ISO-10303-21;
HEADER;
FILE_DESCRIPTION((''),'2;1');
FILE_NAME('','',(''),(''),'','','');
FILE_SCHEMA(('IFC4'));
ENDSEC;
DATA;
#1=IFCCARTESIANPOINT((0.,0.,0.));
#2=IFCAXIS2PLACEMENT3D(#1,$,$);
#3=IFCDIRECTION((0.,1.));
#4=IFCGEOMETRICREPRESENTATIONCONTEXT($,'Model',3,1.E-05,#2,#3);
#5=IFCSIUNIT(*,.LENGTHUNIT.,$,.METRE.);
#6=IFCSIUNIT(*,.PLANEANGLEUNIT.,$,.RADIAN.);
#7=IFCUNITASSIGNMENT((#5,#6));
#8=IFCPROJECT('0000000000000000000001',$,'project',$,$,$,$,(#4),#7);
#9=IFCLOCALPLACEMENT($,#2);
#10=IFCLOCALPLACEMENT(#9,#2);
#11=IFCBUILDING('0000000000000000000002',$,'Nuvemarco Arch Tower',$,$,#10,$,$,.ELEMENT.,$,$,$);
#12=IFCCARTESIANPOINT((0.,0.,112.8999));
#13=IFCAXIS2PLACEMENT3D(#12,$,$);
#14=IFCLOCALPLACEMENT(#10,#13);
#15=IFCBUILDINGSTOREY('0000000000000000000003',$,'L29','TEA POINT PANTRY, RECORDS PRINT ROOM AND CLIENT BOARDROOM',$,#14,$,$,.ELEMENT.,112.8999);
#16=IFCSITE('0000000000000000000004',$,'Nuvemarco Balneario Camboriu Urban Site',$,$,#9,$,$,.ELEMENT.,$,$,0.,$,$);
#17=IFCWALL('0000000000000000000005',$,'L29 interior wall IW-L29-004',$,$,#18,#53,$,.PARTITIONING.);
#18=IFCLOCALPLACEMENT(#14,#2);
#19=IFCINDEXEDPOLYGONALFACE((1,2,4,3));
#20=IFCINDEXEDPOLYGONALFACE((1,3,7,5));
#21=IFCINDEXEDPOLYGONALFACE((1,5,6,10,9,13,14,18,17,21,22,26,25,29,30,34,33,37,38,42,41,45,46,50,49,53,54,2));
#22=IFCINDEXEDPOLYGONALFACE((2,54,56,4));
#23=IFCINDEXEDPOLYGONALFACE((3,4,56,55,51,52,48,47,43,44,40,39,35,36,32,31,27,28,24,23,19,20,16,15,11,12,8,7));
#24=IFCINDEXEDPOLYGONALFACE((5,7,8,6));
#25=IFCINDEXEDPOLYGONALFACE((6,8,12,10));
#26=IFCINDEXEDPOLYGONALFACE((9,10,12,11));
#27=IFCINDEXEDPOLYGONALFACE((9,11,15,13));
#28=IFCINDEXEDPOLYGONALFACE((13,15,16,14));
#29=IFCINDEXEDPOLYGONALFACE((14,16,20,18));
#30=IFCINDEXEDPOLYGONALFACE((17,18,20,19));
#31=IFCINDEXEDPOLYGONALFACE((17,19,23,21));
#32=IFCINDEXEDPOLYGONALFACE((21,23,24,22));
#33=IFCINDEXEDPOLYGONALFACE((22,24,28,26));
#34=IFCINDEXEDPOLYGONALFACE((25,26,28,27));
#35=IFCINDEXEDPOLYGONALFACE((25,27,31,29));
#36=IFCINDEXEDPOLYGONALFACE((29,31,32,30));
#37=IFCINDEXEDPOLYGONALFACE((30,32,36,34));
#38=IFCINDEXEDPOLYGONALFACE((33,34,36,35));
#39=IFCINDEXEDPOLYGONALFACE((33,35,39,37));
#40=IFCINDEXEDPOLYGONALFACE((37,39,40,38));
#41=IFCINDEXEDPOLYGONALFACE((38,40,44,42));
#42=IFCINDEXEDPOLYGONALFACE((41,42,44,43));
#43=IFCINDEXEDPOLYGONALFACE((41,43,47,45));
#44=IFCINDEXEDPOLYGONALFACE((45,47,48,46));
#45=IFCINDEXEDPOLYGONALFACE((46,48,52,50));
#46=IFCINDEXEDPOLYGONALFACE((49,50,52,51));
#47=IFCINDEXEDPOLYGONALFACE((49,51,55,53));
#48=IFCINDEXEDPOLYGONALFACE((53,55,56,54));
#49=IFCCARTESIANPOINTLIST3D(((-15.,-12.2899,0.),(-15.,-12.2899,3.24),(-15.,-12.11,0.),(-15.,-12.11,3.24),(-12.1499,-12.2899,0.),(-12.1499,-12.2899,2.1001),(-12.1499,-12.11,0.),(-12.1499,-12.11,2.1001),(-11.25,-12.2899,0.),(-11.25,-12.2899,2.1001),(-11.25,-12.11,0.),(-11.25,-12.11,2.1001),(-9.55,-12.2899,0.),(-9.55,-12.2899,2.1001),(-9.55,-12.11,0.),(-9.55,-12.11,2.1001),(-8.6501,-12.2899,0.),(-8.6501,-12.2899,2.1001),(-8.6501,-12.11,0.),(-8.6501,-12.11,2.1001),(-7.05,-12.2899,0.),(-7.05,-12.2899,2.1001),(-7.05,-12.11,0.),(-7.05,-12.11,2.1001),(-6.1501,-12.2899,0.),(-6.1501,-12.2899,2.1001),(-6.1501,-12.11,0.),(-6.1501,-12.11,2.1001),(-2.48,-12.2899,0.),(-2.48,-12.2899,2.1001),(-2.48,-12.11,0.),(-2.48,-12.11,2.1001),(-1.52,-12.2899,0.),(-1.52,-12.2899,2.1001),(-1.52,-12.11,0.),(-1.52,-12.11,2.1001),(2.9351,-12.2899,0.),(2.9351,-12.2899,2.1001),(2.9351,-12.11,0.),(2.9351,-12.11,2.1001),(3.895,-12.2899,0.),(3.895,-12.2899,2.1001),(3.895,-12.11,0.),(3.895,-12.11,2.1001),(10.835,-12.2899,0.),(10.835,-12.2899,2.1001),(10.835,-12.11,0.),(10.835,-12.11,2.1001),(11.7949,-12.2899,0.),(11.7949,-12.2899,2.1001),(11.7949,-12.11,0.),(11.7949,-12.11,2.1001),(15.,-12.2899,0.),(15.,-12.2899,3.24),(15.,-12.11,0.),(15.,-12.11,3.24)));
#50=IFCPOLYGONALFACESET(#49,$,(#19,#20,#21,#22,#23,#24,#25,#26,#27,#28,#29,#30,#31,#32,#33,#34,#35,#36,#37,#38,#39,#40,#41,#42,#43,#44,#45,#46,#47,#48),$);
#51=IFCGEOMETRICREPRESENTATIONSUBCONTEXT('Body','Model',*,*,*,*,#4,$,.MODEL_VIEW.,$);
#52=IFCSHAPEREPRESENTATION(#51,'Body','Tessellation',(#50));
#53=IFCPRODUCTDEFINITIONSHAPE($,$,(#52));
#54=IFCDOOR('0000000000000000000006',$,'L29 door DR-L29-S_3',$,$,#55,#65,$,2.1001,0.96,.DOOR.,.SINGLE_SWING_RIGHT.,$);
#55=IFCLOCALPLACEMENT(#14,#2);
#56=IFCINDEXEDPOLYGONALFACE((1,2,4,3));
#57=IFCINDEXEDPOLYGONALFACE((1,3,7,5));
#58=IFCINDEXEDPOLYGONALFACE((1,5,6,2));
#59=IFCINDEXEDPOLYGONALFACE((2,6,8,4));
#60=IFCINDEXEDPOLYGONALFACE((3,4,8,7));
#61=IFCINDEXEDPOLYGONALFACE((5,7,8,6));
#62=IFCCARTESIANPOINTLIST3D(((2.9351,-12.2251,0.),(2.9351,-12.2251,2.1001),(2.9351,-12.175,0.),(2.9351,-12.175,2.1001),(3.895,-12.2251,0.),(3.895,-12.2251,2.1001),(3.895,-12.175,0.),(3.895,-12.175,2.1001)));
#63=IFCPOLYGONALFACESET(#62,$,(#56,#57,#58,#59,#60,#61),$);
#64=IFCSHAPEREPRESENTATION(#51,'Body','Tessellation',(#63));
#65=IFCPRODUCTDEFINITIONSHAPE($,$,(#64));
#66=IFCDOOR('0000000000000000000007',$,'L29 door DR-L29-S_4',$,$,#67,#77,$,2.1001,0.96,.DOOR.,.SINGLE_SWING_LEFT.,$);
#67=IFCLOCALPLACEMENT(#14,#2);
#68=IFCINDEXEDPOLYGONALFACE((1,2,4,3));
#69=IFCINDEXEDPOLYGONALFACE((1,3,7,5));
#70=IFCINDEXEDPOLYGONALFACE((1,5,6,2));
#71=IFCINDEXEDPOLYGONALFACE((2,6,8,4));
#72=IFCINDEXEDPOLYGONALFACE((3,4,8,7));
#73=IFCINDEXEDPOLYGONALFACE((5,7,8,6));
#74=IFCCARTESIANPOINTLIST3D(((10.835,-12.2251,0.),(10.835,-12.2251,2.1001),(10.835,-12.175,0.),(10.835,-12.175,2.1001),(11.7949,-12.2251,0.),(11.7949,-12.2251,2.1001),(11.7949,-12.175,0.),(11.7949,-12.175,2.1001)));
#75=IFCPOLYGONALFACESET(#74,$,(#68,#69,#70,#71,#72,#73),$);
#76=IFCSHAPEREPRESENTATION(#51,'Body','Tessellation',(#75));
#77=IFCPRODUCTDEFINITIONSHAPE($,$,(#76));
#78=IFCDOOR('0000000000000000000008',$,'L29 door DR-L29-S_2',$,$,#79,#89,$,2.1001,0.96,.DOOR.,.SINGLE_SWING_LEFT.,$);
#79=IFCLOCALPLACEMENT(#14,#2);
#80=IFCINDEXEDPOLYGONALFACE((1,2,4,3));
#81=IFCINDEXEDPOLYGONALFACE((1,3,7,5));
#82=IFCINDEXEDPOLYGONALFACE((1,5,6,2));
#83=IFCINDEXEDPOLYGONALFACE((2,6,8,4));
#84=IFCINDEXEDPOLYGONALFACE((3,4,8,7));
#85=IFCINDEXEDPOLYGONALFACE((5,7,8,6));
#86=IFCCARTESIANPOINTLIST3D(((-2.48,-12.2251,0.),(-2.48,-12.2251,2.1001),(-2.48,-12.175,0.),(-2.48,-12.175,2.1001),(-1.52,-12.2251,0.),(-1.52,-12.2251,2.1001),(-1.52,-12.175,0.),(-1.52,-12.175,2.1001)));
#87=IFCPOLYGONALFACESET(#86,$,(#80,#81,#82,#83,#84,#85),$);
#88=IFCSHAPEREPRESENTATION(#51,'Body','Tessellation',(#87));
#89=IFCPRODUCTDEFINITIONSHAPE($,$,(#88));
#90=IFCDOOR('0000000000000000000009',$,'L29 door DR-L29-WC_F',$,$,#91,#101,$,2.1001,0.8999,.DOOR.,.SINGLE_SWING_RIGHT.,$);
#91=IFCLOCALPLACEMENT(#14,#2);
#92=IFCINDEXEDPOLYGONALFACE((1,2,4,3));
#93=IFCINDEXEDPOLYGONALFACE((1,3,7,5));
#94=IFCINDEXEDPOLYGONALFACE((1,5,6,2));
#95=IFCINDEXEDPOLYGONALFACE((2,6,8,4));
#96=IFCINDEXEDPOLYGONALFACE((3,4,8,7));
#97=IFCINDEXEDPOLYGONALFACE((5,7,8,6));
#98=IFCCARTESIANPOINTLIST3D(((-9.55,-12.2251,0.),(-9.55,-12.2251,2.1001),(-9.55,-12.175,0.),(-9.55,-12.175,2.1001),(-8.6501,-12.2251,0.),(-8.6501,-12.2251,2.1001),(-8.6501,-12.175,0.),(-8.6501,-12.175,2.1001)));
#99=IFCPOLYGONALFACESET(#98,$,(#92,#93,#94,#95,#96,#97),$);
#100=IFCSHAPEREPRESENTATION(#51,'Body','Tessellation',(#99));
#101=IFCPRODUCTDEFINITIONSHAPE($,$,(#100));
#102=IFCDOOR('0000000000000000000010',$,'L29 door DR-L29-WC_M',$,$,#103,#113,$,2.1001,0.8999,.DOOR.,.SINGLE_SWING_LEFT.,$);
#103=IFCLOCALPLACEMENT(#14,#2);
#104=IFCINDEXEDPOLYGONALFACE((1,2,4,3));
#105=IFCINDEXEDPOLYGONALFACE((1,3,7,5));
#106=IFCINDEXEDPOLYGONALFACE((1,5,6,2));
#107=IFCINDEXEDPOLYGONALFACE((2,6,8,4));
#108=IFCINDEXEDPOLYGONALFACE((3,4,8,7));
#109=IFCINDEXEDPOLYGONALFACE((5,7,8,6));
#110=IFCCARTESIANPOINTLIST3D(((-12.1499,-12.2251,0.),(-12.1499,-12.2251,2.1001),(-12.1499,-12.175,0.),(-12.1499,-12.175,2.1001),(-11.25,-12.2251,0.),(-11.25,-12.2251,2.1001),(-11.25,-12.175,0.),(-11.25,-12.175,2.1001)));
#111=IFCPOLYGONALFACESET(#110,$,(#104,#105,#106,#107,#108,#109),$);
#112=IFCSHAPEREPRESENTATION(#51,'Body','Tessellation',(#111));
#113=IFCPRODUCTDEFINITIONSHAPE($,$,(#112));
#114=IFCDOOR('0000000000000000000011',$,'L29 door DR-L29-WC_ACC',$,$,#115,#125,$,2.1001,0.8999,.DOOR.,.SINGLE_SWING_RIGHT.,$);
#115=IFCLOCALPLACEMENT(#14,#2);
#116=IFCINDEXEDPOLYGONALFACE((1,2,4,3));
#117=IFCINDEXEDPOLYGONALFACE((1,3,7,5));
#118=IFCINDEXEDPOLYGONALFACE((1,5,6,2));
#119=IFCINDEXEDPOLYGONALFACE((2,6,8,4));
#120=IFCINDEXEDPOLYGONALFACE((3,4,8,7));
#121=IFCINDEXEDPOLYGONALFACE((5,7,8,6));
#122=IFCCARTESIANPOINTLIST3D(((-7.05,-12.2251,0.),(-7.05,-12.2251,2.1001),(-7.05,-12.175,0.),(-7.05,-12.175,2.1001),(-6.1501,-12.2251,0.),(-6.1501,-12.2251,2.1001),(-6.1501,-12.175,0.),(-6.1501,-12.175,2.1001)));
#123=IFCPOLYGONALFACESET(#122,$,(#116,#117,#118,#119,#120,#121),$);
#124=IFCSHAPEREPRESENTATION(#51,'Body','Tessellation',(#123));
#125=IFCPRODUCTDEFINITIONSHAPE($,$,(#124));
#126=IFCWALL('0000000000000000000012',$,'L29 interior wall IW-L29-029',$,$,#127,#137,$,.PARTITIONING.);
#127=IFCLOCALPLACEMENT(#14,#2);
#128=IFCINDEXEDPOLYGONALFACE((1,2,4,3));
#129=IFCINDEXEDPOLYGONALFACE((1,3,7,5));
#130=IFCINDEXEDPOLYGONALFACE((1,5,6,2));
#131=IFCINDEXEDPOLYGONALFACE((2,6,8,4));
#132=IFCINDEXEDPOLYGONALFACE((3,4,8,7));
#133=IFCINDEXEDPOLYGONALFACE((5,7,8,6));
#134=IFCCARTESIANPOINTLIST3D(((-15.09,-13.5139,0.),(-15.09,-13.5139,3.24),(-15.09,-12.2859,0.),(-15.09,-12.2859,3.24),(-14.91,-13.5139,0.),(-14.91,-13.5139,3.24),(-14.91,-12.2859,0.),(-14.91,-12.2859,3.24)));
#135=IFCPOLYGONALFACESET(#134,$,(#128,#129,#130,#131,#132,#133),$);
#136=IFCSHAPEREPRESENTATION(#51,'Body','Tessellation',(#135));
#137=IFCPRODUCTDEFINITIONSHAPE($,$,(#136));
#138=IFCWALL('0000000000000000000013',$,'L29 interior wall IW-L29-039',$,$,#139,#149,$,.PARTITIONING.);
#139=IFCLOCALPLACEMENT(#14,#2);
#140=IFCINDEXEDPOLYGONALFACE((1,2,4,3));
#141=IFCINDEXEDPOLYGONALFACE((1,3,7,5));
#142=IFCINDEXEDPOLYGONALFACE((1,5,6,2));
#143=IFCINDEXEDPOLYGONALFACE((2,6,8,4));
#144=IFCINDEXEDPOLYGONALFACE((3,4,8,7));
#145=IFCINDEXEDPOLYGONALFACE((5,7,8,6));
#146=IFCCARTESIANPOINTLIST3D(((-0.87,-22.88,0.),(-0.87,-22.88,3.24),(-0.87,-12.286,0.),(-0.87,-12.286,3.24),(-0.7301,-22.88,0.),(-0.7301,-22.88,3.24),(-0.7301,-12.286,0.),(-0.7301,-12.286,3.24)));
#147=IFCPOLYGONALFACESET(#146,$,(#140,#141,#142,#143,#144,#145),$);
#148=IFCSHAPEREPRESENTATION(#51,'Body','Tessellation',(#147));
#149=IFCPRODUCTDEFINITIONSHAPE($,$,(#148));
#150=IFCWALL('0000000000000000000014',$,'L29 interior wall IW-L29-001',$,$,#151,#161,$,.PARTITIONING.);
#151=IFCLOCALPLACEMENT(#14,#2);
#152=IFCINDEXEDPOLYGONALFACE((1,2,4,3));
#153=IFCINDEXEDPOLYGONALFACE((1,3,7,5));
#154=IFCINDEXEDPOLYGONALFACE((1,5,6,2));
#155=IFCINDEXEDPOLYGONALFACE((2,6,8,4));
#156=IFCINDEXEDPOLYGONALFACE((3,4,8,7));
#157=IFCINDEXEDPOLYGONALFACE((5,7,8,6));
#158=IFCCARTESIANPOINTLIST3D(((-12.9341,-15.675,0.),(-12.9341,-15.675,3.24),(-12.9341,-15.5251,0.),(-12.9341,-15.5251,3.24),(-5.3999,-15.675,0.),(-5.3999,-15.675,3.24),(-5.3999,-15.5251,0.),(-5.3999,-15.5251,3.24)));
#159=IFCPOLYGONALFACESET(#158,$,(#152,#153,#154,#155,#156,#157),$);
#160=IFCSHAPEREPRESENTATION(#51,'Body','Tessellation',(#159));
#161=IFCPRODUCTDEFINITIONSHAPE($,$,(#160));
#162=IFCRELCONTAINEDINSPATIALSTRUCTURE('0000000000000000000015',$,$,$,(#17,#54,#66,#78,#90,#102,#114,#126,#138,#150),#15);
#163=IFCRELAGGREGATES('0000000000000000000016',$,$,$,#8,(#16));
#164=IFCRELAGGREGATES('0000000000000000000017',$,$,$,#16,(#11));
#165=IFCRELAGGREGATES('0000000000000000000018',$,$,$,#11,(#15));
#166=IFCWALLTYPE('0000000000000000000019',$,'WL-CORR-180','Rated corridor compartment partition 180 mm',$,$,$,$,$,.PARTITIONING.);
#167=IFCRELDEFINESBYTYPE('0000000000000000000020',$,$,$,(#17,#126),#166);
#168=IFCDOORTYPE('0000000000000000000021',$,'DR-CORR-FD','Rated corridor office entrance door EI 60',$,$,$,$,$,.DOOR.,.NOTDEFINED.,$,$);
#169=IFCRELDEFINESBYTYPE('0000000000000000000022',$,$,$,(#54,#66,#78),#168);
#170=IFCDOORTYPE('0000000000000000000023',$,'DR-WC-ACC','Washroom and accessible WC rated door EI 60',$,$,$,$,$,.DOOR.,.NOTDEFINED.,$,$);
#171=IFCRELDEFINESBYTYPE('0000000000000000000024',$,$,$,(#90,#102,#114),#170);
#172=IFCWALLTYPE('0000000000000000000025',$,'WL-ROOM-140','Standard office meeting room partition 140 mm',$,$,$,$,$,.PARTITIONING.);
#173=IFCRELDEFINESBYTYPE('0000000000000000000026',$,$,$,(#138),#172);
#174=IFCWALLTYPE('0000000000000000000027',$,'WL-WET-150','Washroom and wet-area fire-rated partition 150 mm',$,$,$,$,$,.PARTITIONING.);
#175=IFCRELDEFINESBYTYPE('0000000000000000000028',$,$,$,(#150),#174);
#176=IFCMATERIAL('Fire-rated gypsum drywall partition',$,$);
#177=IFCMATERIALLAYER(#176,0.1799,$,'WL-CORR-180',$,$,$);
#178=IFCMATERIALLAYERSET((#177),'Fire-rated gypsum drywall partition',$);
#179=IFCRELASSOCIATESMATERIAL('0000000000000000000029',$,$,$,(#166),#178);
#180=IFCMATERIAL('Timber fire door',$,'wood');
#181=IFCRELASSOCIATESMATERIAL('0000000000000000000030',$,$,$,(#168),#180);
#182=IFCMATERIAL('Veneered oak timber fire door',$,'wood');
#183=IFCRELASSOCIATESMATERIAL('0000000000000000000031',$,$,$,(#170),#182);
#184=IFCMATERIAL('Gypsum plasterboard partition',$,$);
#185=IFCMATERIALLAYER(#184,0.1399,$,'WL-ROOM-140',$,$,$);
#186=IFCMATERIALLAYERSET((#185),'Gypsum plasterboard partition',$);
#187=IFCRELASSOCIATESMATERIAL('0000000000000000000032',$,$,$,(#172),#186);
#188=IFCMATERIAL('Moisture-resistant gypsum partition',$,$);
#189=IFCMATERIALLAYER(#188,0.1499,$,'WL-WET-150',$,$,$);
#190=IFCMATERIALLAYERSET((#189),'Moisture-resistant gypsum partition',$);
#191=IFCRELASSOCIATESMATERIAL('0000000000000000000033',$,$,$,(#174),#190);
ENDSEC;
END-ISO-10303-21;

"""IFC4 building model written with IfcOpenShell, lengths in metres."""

from ifc_helpers import new_model, si_unit, direction, frame, frame_2d, origin, place, context, subcontext, project, spatial, rectangle, extrude, source, transform, mapped, material, layer, layer_set, type_object, type_shapes, element, fill, save


model = new_model("IFC4")

# Units and contexts
model_context = context("Model", 3, precision=1e-05, world=origin(), true_north=direction((0.0, 1.0)))
body_context = subcontext(model_context, "Body", "Model", "MODEL_VIEW")
ifc_project = project(units=[si_unit("LENGTHUNIT", "METRE"), si_unit("PLANEANGLEUNIT", "RADIAN")], contexts=[model_context])

# Site, building, storey
site_placement = place(None, origin())
site = spatial("IfcSite", under=ifc_project, at=site_placement, Name="Nuvemarco Balneario Camboriu Urban Site", CompositionType="ELEMENT", RefElevation=0.0)
building_placement = place(site_placement, origin())
building = spatial("IfcBuilding", under=site, at=building_placement, Name="Nuvemarco Arch Tower", CompositionType="ELEMENT")
storey_placement = place(building_placement, frame((0.0, 0.0, 112.8999)))
storey = spatial("IfcBuildingStorey", under=building, at=storey_placement, Name="L29", Description="TEA POINT PANTRY, RECORDS PRINT ROOM AND CLIENT BOARDROOM", CompositionType="ELEMENT", Elevation=112.8999)

# Wall, openings, doors
ifc_material_1 = material(Name="Fire-rated gypsum drywall partition")
ifc_layer_1 = layer(ifc_material_1, 0.1799, Name="WL-CORR-180")
ifc_layer_set_1 = layer_set([ifc_layer_1], Name="Fire-rated gypsum drywall partition")
wall_type_1 = type_object("IfcWallType", Name="WL-CORR-180", Description="Rated corridor compartment partition 180 mm", PredefinedType="PARTITIONING", material=ifc_layer_set_1)
wall_1_placement = place(storey_placement, frame((-15.0, -12.2, 0.0), z_axis=(0.0, 0.0, 1.0), x_axis=(1.0, 0.0, 0.0)))
wall_1 = element("IfcWall", 1, at=wall_1_placement, inside=storey, type_object=wall_type_1, Name="L29 interior wall IW-L29-004", PredefinedType="PARTITIONING", context=body_context, shape_type="SweptSolid", body=[
    extrude(rectangle(XDim=30.0, YDim=0.1799, at=frame_2d((15.0, 0.0))), origin(), (0.0, 0.0, 1.0), 3.24),
])
opening_1_placement = place(wall_1_placement, frame((17.9351, 0.0, 0.0)))
opening_1 = element("IfcOpeningElement", 2, at=opening_1_placement, cuts=wall_1, PredefinedType="OPENING", context=body_context, shape_type="SweptSolid", body=[
    extrude(rectangle(XDim=0.96, YDim=2.1001, at=frame_2d((0.48, 1.05))), frame((0.0, 0.0999, 0.0), z_axis=(0.0, -1.0, 0.0), x_axis=(1.0, 0.0, 0.0)), (0.0, 0.0, 1.0), 0.2),
])
opening_2_placement = place(wall_1_placement, frame((25.835, 0.0, 0.0)))
opening_2 = element("IfcOpeningElement", 3, at=opening_2_placement, cuts=wall_1, PredefinedType="OPENING", context=body_context, shape_type="SweptSolid", body=[
    extrude(rectangle(XDim=0.96, YDim=2.1001, at=frame_2d((0.48, 1.05))), frame((0.0, 0.0999, 0.0), z_axis=(0.0, -1.0, 0.0), x_axis=(1.0, 0.0, 0.0)), (0.0, 0.0, 1.0), 0.2),
])
opening_3_placement = place(wall_1_placement, frame((5.45, 0.0, 0.0)))
opening_3 = element("IfcOpeningElement", 4, at=opening_3_placement, cuts=wall_1, PredefinedType="OPENING", context=body_context, shape_type="SweptSolid", body=[
    extrude(rectangle(XDim=0.8999, YDim=2.1001, at=frame_2d((0.45, 1.05))), frame((0.0, 0.0999, 0.0), z_axis=(0.0, -1.0, 0.0), x_axis=(1.0, 0.0, 0.0)), (0.0, 0.0, 1.0), 0.2),
])
opening_4_placement = place(wall_1_placement, frame((2.8501, 0.0, 0.0)))
opening_4 = element("IfcOpeningElement", 5, at=opening_4_placement, cuts=wall_1, PredefinedType="OPENING", context=body_context, shape_type="SweptSolid", body=[
    extrude(rectangle(XDim=0.8999, YDim=2.1001, at=frame_2d((0.45, 1.05))), frame((0.0, 0.0999, 0.0), z_axis=(0.0, -1.0, 0.0), x_axis=(1.0, 0.0, 0.0)), (0.0, 0.0, 1.0), 0.2),
])
opening_5_placement = place(wall_1_placement, frame((12.52, 0.0, 0.0)))
opening_5 = element("IfcOpeningElement", 6, at=opening_5_placement, cuts=wall_1, PredefinedType="OPENING", context=body_context, shape_type="SweptSolid", body=[
    extrude(rectangle(XDim=0.96, YDim=2.1001, at=frame_2d((0.48, 1.05))), frame((0.0, 0.0999, 0.0), z_axis=(0.0, -1.0, 0.0), x_axis=(1.0, 0.0, 0.0)), (0.0, 0.0, 1.0), 0.2),
])
opening_6_placement = place(wall_1_placement, frame((7.95, 0.0, 0.0)))
opening_6 = element("IfcOpeningElement", 7, at=opening_6_placement, cuts=wall_1, PredefinedType="OPENING", context=body_context, shape_type="SweptSolid", body=[
    extrude(rectangle(XDim=0.8999, YDim=2.1001, at=frame_2d((0.45, 1.05))), frame((0.0, 0.0999, 0.0), z_axis=(0.0, -1.0, 0.0), x_axis=(1.0, 0.0, 0.0)), (0.0, 0.0, 1.0), 0.2),
])
ifc_material_2 = material(Name="Timber fire door", Category="wood")
door_type_1 = type_object("IfcDoorType", Name="DR-CORR-FD", Description="Rated corridor office entrance door EI 60", OperationType="NOTDEFINED", PredefinedType="DOOR", material=ifc_material_2)
shared_shape_1 = source(origin(), body_context, "Body", "SweptSolid", [
    extrude(rectangle(XDim=0.96, YDim=2.1001, at=frame_2d((0.48, 1.05))), frame((0.0, 0.0249, 0.0), z_axis=(0.0, -1.0, 0.0), x_axis=(1.0, 0.0, 0.0)), (0.0, 0.0, 1.0), 0.05),
])
type_shapes(door_type_1, [shared_shape_1])
door_1_placement = place(opening_1_placement, origin())
door_1 = element("IfcDoor", 8, at=door_1_placement, inside=storey, type_object=door_type_1, Name="L29 door DR-L29-S_3", OperationType="SINGLE_SWING_RIGHT", OverallHeight=2.1001, OverallWidth=0.96, PredefinedType="DOOR", context=body_context, shape_type="MappedRepresentation", body=[
    mapped(shared_shape_1, transform((0.0, 0.0, 0.0), scale=1.0)),
])
fill(opening_1, door_1)
door_2_placement = place(opening_2_placement, origin())
door_2 = element("IfcDoor", 9, at=door_2_placement, inside=storey, type_object=door_type_1, Name="L29 door DR-L29-S_4", OperationType="SINGLE_SWING_LEFT", OverallHeight=2.1001, OverallWidth=0.96, PredefinedType="DOOR", context=body_context, shape_type="MappedRepresentation", body=[
    mapped(shared_shape_1, transform((0.0, 0.0, 0.0), scale=1.0)),
])
fill(opening_2, door_2)
door_3_placement = place(opening_5_placement, origin())
door_3 = element("IfcDoor", 10, at=door_3_placement, inside=storey, type_object=door_type_1, Name="L29 door DR-L29-S_2", OperationType="SINGLE_SWING_LEFT", OverallHeight=2.1001, OverallWidth=0.96, PredefinedType="DOOR", context=body_context, shape_type="MappedRepresentation", body=[
    mapped(shared_shape_1, transform((0.0, 0.0, 0.0), scale=1.0)),
])
fill(opening_5, door_3)
ifc_material_3 = material(Name="Veneered oak timber fire door", Category="wood")
door_type_2 = type_object("IfcDoorType", Name="DR-WC-ACC", Description="Washroom and accessible WC rated door EI 60", OperationType="NOTDEFINED", PredefinedType="DOOR", material=ifc_material_3)
shared_shape_2 = source(origin(), body_context, "Body", "SweptSolid", [
    extrude(rectangle(XDim=0.8999, YDim=2.1001, at=frame_2d((0.45, 1.05))), frame((0.0, 0.0249, 0.0), z_axis=(0.0, -1.0, 0.0), x_axis=(1.0, 0.0, 0.0)), (0.0, 0.0, 1.0), 0.05),
])
type_shapes(door_type_2, [shared_shape_2])
door_4_placement = place(opening_3_placement, origin())
door_4 = element("IfcDoor", 11, at=door_4_placement, inside=storey, type_object=door_type_2, Name="L29 door DR-L29-WC_F", OperationType="SINGLE_SWING_RIGHT", OverallHeight=2.1001, OverallWidth=0.8999, PredefinedType="DOOR", context=body_context, shape_type="MappedRepresentation", body=[
    mapped(shared_shape_2, transform((0.0, 0.0, 0.0), scale=1.0)),
])
fill(opening_3, door_4)
door_5_placement = place(opening_4_placement, origin())
door_5 = element("IfcDoor", 12, at=door_5_placement, inside=storey, type_object=door_type_2, Name="L29 door DR-L29-WC_M", OperationType="SINGLE_SWING_LEFT", OverallHeight=2.1001, OverallWidth=0.8999, PredefinedType="DOOR", context=body_context, shape_type="MappedRepresentation", body=[
    mapped(shared_shape_2, transform((0.0, 0.0, 0.0), scale=1.0)),
])
fill(opening_4, door_5)
door_6_placement = place(opening_6_placement, origin())
door_6 = element("IfcDoor", 13, at=door_6_placement, inside=storey, type_object=door_type_2, Name="L29 door DR-L29-WC_ACC", OperationType="SINGLE_SWING_RIGHT", OverallHeight=2.1001, OverallWidth=0.8999, PredefinedType="DOOR", context=body_context, shape_type="MappedRepresentation", body=[
    mapped(shared_shape_2, transform((0.0, 0.0, 0.0), scale=1.0)),
])
fill(opening_6, door_6)

# Walls
wall_2_placement = place(storey_placement, frame((-15.0, -13.5139, 0.0), z_axis=(0.0, 0.0, 1.0), x_axis=(0.0, 1.0, 0.0)))
element("IfcWall", 14, at=wall_2_placement, inside=storey, type_object=wall_type_1, Name="L29 interior wall IW-L29-029", PredefinedType="PARTITIONING", context=body_context, shape_type="SweptSolid", body=[
    extrude(rectangle(XDim=1.228, YDim=0.1799, at=frame_2d((0.614, 0.0))), origin(), (0.0, 0.0, 1.0), 3.24),
])
ifc_material_4 = material(Name="Gypsum plasterboard partition")
ifc_layer_2 = layer(ifc_material_4, 0.1399, Name="WL-ROOM-140")
ifc_layer_set_2 = layer_set([ifc_layer_2], Name="Gypsum plasterboard partition")
wall_type_2 = type_object("IfcWallType", Name="WL-ROOM-140", Description="Standard office meeting room partition 140 mm", PredefinedType="PARTITIONING", material=ifc_layer_set_2)
wall_3_placement = place(storey_placement, frame((-0.8, -22.8799, 0.0), z_axis=(0.0, 0.0, 1.0), x_axis=(0.0, 1.0, 0.0)))
element("IfcWall", 15, at=wall_3_placement, inside=storey, type_object=wall_type_2, Name="L29 interior wall IW-L29-039", PredefinedType="PARTITIONING", context=body_context, shape_type="SweptSolid", body=[
    extrude(rectangle(XDim=10.594, YDim=0.1399, at=frame_2d((5.2969, 0.0))), origin(), (0.0, 0.0, 1.0), 3.24),
])
ifc_material_5 = material(Name="Moisture-resistant gypsum partition")
ifc_layer_3 = layer(ifc_material_5, 0.1499, Name="WL-WET-150")
ifc_layer_set_3 = layer_set([ifc_layer_3], Name="Moisture-resistant gypsum partition")
wall_type_3 = type_object("IfcWallType", Name="WL-WET-150", Description="Washroom and wet-area fire-rated partition 150 mm", PredefinedType="PARTITIONING", material=ifc_layer_set_3)
wall_4_placement = place(storey_placement, frame((-12.9341, -15.6001, 0.0), z_axis=(0.0, 0.0, 1.0), x_axis=(1.0, 0.0, 0.0)))
element("IfcWall", 16, at=wall_4_placement, inside=storey, type_object=wall_type_3, Name="L29 interior wall IW-L29-001", PredefinedType="PARTITIONING", context=body_context, shape_type="SweptSolid", body=[
    extrude(rectangle(XDim=7.5342, YDim=0.1499, at=frame_2d((3.7671, 0.0))), origin(), (0.0, 0.0, 1.0), 3.24),
])

save(model, "model.ifc")
